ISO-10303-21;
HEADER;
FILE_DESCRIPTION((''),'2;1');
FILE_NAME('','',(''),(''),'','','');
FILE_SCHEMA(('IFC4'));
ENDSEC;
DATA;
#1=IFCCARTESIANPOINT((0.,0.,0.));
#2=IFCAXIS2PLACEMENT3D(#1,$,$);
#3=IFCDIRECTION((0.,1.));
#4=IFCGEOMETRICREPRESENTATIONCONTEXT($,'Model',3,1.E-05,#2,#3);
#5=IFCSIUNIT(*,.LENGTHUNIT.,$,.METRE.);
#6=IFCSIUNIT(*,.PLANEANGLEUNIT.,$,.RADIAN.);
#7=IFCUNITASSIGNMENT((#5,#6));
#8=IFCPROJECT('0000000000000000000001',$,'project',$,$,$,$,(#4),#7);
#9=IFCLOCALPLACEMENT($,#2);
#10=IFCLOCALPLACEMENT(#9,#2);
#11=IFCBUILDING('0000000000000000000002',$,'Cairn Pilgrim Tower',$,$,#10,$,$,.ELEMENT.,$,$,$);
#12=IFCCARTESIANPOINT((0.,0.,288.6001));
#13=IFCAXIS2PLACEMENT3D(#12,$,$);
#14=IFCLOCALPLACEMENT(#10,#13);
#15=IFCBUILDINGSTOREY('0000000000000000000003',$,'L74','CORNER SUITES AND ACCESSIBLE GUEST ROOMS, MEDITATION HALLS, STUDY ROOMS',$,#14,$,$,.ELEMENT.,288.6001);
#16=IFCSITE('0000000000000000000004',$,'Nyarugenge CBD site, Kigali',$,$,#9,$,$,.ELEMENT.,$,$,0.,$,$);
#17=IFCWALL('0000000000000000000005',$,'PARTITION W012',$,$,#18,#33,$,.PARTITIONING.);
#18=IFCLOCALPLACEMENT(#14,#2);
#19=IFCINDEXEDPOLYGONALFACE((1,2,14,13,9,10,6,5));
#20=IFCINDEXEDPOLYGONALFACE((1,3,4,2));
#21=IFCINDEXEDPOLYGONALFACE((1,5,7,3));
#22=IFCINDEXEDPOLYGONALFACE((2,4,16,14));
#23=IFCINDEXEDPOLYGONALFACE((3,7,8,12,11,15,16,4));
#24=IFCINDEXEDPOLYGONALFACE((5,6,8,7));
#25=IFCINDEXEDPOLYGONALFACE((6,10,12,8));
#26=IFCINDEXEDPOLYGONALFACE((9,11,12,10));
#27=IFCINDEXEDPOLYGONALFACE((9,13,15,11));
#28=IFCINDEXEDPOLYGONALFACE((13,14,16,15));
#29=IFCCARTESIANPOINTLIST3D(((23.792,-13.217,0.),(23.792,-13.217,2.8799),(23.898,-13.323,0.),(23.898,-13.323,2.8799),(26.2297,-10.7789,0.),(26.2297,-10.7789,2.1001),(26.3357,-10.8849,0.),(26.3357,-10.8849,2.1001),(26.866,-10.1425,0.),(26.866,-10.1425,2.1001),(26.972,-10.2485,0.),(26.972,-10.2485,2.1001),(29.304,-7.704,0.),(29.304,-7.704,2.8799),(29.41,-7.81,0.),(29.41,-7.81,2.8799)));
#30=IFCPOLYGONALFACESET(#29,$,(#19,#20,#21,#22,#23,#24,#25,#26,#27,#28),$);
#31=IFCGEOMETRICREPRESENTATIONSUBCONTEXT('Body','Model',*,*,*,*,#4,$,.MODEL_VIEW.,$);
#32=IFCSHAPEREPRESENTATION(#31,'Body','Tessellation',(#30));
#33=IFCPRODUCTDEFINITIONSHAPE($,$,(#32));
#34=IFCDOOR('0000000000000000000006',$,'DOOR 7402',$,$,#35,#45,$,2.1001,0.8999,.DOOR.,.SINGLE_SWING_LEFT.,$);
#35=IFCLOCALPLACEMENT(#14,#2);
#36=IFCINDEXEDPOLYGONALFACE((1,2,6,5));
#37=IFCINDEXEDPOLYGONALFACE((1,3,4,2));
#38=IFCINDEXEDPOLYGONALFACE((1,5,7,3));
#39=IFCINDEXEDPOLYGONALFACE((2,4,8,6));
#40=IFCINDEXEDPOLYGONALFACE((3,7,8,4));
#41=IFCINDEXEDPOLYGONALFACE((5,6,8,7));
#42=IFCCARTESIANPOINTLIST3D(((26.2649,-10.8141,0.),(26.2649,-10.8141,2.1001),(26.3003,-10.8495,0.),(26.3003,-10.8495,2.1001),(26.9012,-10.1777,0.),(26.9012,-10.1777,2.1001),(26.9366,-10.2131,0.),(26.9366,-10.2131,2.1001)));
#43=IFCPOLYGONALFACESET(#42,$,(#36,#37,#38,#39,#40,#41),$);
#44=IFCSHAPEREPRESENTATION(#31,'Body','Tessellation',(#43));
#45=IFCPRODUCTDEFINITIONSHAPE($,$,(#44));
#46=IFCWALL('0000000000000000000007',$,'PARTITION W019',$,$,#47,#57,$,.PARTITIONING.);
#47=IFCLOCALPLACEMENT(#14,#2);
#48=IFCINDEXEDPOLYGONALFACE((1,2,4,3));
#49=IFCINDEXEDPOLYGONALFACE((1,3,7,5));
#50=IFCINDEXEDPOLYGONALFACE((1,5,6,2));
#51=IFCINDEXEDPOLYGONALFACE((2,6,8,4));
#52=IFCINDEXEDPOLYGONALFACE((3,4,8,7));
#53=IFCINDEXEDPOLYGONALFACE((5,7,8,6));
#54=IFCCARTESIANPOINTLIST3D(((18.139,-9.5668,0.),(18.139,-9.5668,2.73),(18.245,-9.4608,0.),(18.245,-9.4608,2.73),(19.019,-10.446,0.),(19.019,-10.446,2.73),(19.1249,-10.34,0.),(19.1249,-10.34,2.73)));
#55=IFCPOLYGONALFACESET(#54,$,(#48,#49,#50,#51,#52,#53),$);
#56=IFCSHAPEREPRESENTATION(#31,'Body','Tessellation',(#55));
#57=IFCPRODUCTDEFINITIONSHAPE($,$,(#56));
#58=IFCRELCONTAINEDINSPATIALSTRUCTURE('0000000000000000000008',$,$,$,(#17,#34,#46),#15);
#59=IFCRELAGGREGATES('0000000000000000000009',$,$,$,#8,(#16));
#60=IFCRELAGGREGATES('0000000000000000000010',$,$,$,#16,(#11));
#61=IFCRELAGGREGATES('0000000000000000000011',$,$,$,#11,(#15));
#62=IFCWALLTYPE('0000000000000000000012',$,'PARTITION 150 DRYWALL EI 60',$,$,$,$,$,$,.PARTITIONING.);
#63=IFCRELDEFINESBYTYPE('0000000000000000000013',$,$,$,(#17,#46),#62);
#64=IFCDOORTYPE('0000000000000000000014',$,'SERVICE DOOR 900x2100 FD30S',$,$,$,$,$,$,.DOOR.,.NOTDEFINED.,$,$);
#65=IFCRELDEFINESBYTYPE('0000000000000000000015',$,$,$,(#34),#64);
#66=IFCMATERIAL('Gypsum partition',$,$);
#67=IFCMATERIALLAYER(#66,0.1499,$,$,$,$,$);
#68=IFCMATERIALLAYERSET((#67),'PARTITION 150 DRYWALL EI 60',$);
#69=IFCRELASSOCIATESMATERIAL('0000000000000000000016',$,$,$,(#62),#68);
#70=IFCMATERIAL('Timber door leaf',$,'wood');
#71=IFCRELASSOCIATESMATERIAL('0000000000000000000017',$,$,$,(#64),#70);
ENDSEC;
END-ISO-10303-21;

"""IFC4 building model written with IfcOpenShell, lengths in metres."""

from ifc_helpers import new_model, si_unit, direction, frame, frame_2d, origin, place, context, subcontext, project, spatial, rectangle, extrude, material, layer, layer_set, type_object, element, fill, save


model = new_model("IFC4")

# Units and contexts
model_context = context("Model", 3, precision=1e-05, world=origin(), true_north=direction((0.0, 1.0)))
body_context = subcontext(model_context, "Body", "Model", "MODEL_VIEW")
ifc_project = project(units=[si_unit("LENGTHUNIT", "METRE"), si_unit("PLANEANGLEUNIT", "RADIAN")], contexts=[model_context])

# Site, building, storey
site_placement = place(None, origin())
site = spatial("IfcSite", under=ifc_project, at=site_placement, Name="Nyarugenge CBD site, Kigali", CompositionType="ELEMENT", RefElevation=0.0)
building_placement = place(site_placement, origin())
building = spatial("IfcBuilding", under=site, at=building_placement, Name="Cairn Pilgrim Tower", CompositionType="ELEMENT")
storey_placement = place(building_placement, frame((0.0, 0.0, 288.6001)))
storey = spatial("IfcBuildingStorey", under=building, at=storey_placement, Name="L74", Description="CORNER SUITES AND ACCESSIBLE GUEST ROOMS, MEDITATION HALLS, STUDY ROOMS", CompositionType="ELEMENT", Elevation=288.6001)

# Shared definitions
ifc_material_1 = material(Name="Gypsum partition")
ifc_layer_1 = layer(ifc_material_1, 0.1499)
ifc_layer_set_1 = layer_set([ifc_layer_1], Name="PARTITION 150 DRYWALL EI 60")
wall_type = type_object("IfcWallType", Name="PARTITION 150 DRYWALL EI 60", PredefinedType="PARTITIONING", material=ifc_layer_set_1)

# Wall, opening, door
wall_1_placement = place(storey_placement, frame((23.845, -13.27, 0.0), z_axis=(0.0, 0.0, 1.0), x_axis=(0.707044, 0.707169, 0.0)))
wall_1 = element("IfcWall", 1, at=wall_1_placement, inside=storey, type_object=wall_type, Name="PARTITION W012", PredefinedType="PARTITIONING", context=body_context, shape_type="SweptSolid", body=[
    extrude(rectangle(XDim=7.7959, YDim=0.1499, at=frame_2d((3.8979, 0.0))), origin(), (0.0, 0.0, 1.0), 2.8799),
])
opening_placement = place(wall_1_placement, frame((3.4478, 0.0, 0.0)))
opening = element("IfcOpeningElement", 2, at=opening_placement, cuts=wall_1, PredefinedType="OPENING", context=body_context, shape_type="SweptSolid", body=[
    extrude(rectangle(XDim=0.8999, YDim=2.1001, at=frame_2d((0.45, 1.05))), frame((0.0, 0.085, 0.0), z_axis=(0.0, -1.0, 0.0), x_axis=(1.0, 0.0, 0.0)), (0.0, 0.0, 1.0), 0.1699),
])
ifc_material_2 = material(Name="Timber door leaf", Category="wood")
door_type = type_object("IfcDoorType", Name="SERVICE DOOR 900x2100 FD30S", OperationType="NOTDEFINED", PredefinedType="DOOR", material=ifc_material_2)
door_placement = place(opening_placement, frame((0.8999, 0.0, 0.0), z_axis=(0.0, 0.0, 1.0), x_axis=(-1.0, 0.0, 0.0)))
door = element("IfcDoor", 3, at=door_placement, inside=storey, type_object=door_type, Name="DOOR 7402", OperationType="SINGLE_SWING_LEFT", OverallHeight=2.1001, OverallWidth=0.8999, PredefinedType="DOOR", context=body_context, shape_type="SweptSolid", body=[
    extrude(rectangle(XDim=0.8999, YDim=2.1001, at=frame_2d((0.45, 1.05))), frame((0.0, 0.0249, 0.0), z_axis=(0.0, -1.0, 0.0), x_axis=(1.0, 0.0, 0.0)), (0.0, 0.0, 1.0), 0.05),
])
fill(opening, door)

# Wall
wall_2_placement = place(storey_placement, frame((19.072, -10.3931, 0.0), z_axis=(0.0, 0.0, 1.0), x_axis=(-0.707401, 0.706812, 0.0)))
element("IfcWall", 4, at=wall_2_placement, inside=storey, type_object=wall_type, Name="PARTITION W019", PredefinedType="PARTITIONING", context=body_context, shape_type="SweptSolid", body=[
    extrude(rectangle(XDim=1.2439, YDim=0.1499, at=frame_2d((0.6221, 0.0))), origin(), (0.0, 0.0, 1.0), 2.73),
])

save(model, "model.ifc")
